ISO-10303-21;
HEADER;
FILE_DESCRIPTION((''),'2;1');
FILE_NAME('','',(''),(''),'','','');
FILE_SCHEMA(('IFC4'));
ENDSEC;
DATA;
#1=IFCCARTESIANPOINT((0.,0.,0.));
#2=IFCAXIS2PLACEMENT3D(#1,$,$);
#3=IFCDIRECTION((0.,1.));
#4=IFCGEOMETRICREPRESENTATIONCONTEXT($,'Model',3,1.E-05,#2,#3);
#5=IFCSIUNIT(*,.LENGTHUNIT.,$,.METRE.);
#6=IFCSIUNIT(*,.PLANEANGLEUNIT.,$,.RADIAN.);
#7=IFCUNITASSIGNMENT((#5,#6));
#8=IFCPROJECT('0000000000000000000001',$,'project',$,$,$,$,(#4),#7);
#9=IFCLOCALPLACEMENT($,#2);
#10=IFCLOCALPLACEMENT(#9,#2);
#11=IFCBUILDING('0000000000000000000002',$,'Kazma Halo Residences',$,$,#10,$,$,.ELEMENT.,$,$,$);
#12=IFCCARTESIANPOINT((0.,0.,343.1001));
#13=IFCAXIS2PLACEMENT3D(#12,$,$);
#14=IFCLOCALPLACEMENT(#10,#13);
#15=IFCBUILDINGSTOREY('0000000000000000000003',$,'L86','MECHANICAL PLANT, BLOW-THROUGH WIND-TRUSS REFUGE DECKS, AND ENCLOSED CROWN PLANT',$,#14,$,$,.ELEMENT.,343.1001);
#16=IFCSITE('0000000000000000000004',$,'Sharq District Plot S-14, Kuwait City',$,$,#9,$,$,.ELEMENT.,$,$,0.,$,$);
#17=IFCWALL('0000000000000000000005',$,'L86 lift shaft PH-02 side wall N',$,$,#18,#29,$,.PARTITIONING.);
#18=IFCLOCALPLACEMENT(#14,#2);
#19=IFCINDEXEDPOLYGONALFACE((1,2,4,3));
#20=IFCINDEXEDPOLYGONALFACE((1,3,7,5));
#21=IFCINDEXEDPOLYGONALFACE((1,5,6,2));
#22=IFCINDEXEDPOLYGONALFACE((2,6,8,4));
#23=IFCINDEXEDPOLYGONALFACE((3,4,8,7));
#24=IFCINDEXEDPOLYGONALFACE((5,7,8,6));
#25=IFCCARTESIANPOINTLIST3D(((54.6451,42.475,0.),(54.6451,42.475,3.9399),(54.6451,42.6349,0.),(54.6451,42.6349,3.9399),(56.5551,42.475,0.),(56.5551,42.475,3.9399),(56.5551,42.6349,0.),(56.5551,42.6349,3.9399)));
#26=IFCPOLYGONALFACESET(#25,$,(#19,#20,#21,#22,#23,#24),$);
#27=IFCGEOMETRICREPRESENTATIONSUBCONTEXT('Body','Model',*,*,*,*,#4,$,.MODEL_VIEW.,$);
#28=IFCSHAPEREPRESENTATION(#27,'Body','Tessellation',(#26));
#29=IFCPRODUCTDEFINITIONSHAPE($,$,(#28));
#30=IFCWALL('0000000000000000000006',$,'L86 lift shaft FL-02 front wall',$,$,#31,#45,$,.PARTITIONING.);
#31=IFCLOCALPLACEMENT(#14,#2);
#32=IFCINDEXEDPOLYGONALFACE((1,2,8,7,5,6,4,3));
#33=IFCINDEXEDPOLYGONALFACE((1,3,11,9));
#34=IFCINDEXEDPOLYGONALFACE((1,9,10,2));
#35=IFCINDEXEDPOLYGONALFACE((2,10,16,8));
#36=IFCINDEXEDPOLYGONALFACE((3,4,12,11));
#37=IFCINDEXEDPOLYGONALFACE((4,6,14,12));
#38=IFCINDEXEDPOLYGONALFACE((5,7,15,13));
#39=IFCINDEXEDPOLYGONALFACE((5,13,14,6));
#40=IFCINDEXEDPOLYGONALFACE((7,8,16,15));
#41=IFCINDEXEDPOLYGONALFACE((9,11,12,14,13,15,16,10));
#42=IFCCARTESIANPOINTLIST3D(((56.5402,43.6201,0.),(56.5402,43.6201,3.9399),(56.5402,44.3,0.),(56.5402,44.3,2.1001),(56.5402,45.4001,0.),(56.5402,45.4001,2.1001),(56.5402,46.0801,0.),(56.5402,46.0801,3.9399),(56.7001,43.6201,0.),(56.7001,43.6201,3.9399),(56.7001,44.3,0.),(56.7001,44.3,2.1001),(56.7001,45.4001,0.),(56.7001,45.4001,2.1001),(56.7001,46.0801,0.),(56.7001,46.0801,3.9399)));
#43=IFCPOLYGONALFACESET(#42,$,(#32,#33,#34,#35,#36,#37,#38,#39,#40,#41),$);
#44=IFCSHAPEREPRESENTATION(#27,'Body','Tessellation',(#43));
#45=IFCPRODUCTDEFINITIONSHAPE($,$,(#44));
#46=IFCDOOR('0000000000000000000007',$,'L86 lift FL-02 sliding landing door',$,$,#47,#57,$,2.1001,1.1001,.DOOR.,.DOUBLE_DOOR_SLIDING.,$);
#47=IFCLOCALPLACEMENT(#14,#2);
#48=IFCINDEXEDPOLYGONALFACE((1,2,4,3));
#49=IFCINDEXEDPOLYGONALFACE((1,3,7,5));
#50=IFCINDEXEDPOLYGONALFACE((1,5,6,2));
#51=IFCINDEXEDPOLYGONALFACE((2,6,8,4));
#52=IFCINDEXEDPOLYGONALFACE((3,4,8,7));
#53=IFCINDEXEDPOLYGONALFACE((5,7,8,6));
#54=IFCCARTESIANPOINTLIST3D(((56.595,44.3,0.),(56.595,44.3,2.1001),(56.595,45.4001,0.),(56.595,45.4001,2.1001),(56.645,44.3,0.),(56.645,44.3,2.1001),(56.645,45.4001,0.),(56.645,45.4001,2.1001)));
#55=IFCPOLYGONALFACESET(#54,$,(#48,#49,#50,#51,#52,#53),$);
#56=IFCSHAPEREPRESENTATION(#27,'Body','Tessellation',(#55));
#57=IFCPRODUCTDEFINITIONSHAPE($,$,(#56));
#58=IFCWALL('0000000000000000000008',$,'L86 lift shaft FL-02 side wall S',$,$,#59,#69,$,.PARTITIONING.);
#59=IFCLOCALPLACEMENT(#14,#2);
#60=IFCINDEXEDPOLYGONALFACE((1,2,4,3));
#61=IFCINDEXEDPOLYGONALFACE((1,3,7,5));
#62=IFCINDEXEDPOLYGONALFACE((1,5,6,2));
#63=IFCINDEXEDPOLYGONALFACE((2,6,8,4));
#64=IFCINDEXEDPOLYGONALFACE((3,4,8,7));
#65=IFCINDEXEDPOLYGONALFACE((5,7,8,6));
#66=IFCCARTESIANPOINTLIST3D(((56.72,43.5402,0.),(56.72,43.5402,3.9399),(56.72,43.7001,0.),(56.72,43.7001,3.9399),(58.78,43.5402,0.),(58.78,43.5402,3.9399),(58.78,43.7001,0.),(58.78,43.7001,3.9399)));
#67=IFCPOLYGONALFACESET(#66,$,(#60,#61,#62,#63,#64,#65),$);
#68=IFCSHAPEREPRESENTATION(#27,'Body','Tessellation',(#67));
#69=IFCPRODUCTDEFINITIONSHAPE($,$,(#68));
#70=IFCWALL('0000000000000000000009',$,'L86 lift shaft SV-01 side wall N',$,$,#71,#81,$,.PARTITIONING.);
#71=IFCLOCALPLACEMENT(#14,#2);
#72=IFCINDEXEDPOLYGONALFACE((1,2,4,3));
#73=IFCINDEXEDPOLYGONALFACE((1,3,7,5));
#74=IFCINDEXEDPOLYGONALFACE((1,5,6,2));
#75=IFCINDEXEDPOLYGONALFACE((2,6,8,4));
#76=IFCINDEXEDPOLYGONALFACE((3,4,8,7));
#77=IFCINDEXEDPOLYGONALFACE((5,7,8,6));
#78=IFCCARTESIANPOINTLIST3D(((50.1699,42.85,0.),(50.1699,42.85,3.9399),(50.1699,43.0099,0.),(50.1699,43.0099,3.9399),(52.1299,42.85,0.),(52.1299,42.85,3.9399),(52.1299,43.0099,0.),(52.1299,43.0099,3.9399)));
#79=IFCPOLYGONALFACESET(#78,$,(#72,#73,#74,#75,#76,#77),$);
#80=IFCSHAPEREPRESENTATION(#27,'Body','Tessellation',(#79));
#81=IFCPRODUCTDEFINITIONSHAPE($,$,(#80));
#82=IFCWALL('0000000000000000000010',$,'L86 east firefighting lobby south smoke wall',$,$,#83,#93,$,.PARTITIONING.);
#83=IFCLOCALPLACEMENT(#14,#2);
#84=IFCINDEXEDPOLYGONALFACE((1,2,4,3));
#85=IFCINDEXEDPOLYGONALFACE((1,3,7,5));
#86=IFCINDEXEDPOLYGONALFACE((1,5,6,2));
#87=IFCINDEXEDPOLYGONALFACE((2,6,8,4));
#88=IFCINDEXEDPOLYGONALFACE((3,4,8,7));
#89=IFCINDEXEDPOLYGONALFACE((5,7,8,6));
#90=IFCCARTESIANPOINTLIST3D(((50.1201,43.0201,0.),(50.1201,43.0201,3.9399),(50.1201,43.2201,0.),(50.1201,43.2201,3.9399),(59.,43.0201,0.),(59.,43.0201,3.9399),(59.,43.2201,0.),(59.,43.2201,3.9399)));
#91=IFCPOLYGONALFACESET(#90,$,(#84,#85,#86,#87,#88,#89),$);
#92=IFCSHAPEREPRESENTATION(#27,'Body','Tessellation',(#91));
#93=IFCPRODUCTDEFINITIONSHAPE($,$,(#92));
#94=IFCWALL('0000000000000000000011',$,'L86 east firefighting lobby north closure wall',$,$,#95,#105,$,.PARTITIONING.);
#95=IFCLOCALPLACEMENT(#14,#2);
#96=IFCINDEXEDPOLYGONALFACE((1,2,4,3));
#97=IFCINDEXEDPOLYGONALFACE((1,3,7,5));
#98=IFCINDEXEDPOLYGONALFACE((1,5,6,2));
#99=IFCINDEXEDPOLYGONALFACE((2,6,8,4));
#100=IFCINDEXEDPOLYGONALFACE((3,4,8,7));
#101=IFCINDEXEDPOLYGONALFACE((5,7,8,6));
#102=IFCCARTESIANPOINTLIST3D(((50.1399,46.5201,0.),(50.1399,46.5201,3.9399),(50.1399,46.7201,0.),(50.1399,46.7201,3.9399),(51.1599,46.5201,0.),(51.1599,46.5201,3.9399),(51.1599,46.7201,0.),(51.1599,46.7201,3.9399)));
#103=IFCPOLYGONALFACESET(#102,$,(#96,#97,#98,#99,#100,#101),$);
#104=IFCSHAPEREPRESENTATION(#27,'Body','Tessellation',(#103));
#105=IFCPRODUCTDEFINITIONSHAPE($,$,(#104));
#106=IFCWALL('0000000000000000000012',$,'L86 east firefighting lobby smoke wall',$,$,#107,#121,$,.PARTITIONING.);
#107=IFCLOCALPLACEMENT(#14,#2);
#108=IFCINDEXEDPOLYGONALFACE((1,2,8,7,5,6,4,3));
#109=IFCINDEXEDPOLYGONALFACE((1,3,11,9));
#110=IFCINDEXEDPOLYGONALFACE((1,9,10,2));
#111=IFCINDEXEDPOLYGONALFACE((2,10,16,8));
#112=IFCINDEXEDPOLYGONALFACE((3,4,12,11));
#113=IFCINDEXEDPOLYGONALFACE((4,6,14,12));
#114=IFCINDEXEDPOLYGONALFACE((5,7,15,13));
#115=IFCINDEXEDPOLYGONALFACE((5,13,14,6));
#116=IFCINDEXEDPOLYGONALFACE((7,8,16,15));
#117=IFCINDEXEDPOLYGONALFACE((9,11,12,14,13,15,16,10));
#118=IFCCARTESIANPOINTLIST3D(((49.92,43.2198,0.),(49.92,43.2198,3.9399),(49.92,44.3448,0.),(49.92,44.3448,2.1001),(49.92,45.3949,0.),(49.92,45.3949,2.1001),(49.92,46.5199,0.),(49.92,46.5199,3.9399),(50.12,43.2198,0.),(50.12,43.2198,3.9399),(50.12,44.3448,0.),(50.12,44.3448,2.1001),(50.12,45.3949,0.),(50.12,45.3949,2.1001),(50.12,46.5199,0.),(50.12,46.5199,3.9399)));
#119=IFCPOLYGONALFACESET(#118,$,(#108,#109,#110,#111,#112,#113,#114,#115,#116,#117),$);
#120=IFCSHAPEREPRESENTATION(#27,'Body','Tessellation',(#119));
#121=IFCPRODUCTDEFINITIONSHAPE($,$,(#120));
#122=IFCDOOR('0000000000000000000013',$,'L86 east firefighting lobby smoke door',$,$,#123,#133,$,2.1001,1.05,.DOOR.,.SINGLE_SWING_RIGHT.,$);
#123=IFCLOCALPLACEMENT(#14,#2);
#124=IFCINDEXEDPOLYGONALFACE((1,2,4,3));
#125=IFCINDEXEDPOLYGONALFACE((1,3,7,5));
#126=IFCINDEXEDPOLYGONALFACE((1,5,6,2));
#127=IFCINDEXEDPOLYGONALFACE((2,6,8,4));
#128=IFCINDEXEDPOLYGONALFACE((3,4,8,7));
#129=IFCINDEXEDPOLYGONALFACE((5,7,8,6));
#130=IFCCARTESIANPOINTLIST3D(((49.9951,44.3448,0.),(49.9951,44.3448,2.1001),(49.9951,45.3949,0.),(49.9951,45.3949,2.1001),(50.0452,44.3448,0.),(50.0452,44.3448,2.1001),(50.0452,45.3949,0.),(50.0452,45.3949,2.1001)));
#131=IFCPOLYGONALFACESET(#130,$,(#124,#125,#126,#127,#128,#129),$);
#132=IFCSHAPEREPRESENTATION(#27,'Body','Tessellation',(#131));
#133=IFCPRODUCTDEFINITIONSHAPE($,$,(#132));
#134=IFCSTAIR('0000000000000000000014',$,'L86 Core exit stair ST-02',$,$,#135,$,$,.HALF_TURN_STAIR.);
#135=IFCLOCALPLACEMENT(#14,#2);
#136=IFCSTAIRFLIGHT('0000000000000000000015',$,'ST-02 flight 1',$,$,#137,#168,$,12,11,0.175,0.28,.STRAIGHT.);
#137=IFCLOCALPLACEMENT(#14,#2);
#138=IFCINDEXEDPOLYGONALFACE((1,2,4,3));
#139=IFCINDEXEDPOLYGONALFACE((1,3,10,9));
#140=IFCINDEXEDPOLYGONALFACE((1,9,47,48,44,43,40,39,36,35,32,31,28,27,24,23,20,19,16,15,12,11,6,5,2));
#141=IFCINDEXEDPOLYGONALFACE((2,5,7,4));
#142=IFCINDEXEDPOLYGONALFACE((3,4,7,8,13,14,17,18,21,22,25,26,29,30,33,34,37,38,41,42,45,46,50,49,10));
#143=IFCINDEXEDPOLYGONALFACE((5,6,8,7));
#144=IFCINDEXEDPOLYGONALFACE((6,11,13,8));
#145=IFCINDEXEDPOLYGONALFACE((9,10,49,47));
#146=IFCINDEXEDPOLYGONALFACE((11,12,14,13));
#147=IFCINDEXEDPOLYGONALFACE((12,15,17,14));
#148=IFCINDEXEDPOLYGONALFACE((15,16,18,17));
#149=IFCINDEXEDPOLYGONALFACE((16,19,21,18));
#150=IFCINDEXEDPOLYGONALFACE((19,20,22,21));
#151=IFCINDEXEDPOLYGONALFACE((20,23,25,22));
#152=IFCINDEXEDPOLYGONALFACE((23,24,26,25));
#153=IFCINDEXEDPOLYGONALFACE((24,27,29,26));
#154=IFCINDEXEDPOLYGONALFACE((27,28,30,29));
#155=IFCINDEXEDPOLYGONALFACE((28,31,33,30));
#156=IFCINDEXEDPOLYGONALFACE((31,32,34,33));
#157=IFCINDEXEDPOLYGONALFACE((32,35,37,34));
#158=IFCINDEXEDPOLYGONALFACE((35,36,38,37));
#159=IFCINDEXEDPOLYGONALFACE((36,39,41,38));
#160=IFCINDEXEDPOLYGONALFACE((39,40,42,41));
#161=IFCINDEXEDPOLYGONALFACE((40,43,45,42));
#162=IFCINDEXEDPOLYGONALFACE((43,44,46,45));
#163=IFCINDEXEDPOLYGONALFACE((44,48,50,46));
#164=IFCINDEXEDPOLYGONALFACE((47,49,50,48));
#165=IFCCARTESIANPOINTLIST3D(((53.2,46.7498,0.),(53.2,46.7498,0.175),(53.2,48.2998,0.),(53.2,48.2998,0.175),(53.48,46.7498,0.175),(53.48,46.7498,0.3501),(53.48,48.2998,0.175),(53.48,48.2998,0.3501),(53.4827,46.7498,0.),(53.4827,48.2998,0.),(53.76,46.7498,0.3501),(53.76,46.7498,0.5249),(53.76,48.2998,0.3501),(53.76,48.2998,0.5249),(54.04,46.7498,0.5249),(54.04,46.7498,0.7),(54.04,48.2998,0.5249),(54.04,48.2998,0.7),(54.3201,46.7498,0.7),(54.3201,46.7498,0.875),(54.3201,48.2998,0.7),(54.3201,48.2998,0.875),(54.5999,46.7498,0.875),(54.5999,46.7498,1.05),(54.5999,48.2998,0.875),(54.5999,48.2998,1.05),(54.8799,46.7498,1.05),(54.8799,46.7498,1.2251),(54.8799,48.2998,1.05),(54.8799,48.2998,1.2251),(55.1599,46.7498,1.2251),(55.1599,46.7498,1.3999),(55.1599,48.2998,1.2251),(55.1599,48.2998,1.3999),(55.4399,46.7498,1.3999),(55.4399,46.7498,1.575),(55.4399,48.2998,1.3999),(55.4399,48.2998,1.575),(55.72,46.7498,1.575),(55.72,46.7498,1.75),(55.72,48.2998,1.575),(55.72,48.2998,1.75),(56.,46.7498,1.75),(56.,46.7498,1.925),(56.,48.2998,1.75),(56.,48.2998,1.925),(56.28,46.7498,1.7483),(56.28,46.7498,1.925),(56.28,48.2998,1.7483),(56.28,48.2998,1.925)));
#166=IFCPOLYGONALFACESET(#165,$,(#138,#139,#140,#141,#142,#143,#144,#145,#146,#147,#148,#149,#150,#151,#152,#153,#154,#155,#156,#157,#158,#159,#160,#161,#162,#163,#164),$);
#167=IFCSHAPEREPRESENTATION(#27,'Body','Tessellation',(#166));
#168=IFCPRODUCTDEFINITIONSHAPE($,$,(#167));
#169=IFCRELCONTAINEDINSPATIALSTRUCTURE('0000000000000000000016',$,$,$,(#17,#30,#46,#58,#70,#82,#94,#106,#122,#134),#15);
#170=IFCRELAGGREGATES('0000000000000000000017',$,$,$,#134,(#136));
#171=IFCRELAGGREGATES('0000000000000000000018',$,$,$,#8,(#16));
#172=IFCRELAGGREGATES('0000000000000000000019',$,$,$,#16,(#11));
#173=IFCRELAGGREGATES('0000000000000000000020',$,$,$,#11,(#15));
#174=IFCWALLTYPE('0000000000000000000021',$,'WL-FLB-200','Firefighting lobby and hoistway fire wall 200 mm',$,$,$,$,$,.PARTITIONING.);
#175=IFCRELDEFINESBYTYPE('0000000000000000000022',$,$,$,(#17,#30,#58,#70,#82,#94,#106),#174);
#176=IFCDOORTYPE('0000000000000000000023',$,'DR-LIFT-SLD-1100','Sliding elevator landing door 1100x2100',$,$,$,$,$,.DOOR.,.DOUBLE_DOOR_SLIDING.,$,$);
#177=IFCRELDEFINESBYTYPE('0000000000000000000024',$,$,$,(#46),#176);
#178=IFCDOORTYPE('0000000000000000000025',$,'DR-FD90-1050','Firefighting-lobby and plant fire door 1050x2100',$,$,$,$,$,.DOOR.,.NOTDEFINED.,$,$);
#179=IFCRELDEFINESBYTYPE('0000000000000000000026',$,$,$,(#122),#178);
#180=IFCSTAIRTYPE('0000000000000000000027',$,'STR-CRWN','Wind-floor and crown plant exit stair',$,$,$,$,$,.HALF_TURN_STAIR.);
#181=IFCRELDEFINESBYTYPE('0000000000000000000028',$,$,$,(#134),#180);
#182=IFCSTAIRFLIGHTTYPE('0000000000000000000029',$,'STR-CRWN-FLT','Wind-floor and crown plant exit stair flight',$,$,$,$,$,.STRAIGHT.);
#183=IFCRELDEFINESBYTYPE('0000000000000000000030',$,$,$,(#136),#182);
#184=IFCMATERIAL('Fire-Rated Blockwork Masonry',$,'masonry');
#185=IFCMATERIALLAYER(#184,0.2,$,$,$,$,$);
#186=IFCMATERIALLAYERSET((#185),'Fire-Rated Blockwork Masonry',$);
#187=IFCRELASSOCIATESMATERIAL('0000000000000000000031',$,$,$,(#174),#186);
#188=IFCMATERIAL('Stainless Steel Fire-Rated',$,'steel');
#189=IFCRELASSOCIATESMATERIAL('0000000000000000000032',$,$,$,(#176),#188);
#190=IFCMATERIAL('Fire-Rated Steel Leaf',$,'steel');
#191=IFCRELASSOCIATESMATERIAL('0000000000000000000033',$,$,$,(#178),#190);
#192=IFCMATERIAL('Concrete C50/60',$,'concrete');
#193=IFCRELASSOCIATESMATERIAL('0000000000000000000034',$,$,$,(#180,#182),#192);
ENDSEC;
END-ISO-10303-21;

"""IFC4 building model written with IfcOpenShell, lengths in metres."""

from ifc_helpers import new_model, si_unit, direction, frame, frame_2d, origin, place, context, subcontext, project, spatial, polyline, rectangle, outline, extrude, material, layer, layer_set, type_object, element, fill, aggregate, save


model = new_model("IFC4")

# Units and contexts
model_context = context("Model", 3, precision=1e-05, world=origin(), true_north=direction((0.0, 1.0)))
body_context = subcontext(model_context, "Body", "Model", "MODEL_VIEW")
ifc_project = project(units=[si_unit("LENGTHUNIT", "METRE"), si_unit("PLANEANGLEUNIT", "RADIAN")], contexts=[model_context])

# Site, building, storey
site_placement = place(None, origin())
site = spatial("IfcSite", under=ifc_project, at=site_placement, Name="Sharq District Plot S-14, Kuwait City", CompositionType="ELEMENT", RefElevation=0.0)
building_placement = place(site_placement, origin())
building = spatial("IfcBuilding", under=site, at=building_placement, Name="Kazma Halo Residences", CompositionType="ELEMENT")
storey_placement = place(building_placement, frame((0.0, 0.0, 343.1001)))
storey = spatial("IfcBuildingStorey", under=building, at=storey_placement, Name="L86", Description="MECHANICAL PLANT, BLOW-THROUGH WIND-TRUSS REFUGE DECKS, AND ENCLOSED CROWN PLANT", CompositionType="ELEMENT", Elevation=343.1001)

# Wall
ifc_material_1 = material(Name="Fire-Rated Blockwork Masonry", Category="masonry")
ifc_layer_1 = layer(ifc_material_1, 0.2)
ifc_layer_set_1 = layer_set([ifc_layer_1], Name="Fire-Rated Blockwork Masonry")
wall_type_1 = type_object("IfcWallType", Name="WL-FLB-200", Description="Firefighting lobby and hoistway fire wall 200 mm", PredefinedType="PARTITIONING", material=ifc_layer_set_1)
for number, where, z_axis, x_axis, name in (
    (1, (54.645, 42.5549, 0.0), (0.0, 0.0, 1.0), (1.0, 0.0, 0.0), "L86 lift shaft PH-02 side wall N"),
):
    element("IfcWall", number, at=place(storey_placement, frame(where, z_axis=z_axis, x_axis=x_axis)), inside=storey, type_object=wall_type_1, Name=name, PredefinedType="PARTITIONING", context=body_context, shape_type="SweptSolid", body=[
        extrude(rectangle(XDim=1.9099, YDim=0.1599, at=frame_2d((0.9551, 0.0))), origin(), (0.0, 0.0, 1.0), 3.9399),
    ])

# Wall, opening, door
wall_1_placement = place(storey_placement, frame((56.6201, 46.0801, 0.0), z_axis=(0.0, 0.0, 1.0), x_axis=(0.0, -1.0, 0.0)))
wall_1 = element("IfcWall", 2, at=wall_1_placement, inside=storey, type_object=wall_type_1, Name="L86 lift shaft FL-02 front wall", PredefinedType="PARTITIONING", context=body_context, shape_type="SweptSolid", body=[
    extrude(rectangle(XDim=2.46, YDim=0.1599, at=frame_2d((1.23, 0.0))), origin(), (0.0, 0.0, 1.0), 3.9399),
])
opening_1_placement = place(wall_1_placement, frame((0.6799, 0.0, 0.0)))
opening_1 = element("IfcOpeningElement", 3, at=opening_1_placement, cuts=wall_1, PredefinedType="OPENING", context=body_context, shape_type="SweptSolid", body=[
    extrude(rectangle(XDim=1.1001, YDim=2.1001, at=frame_2d((0.55, 1.05))), frame((0.0, 0.0898, 0.0), z_axis=(0.0, -1.0, 0.0), x_axis=(1.0, 0.0, 0.0)), (0.0, 0.0, 1.0), 0.1799),
])
ifc_material_2 = material(Name="Stainless Steel Fire-Rated", Category="steel")
door_type_1 = type_object("IfcDoorType", Name="DR-LIFT-SLD-1100", Description="Sliding elevator landing door 1100x2100", OperationType="DOUBLE_DOOR_SLIDING", PredefinedType="DOOR", material=ifc_material_2)
door_1_placement = place(opening_1_placement, origin())
door_1 = element("IfcDoor", 4, at=door_1_placement, inside=storey, type_object=door_type_1, Name="L86 lift FL-02 sliding landing door", OperationType="DOUBLE_DOOR_SLIDING", OverallHeight=2.1001, OverallWidth=1.1001, PredefinedType="DOOR", context=body_context, shape_type="SweptSolid", body=[
    extrude(rectangle(XDim=1.1001, YDim=2.1001, at=frame_2d((0.55, 1.05))), frame((0.0, 0.0249, 0.0), z_axis=(0.0, -1.0, 0.0), x_axis=(1.0, 0.0, 0.0)), (0.0, 0.0, 1.0), 0.05),
])
fill(opening_1, door_1)

# Walls
wall_2_placement = place(storey_placement, frame((56.72, 43.6201, 0.0), z_axis=(0.0, 0.0, 1.0), x_axis=(1.0, 0.0, 0.0)))
element("IfcWall", 5, at=wall_2_placement, inside=storey, type_object=wall_type_1, Name="L86 lift shaft FL-02 side wall S", PredefinedType="PARTITIONING", context=body_context, shape_type="SweptSolid", body=[
    extrude(rectangle(XDim=2.0601, YDim=0.1599, at=frame_2d((1.03, 0.0))), origin(), (0.0, 0.0, 1.0), 3.9399),
])
wall_3_placement = place(storey_placement, frame((50.1699, 42.9299, 0.0), z_axis=(0.0, 0.0, 1.0), x_axis=(1.0, 0.0, 0.0)))
element("IfcWall", 6, at=wall_3_placement, inside=storey, type_object=wall_type_1, Name="L86 lift shaft SV-01 side wall N", PredefinedType="PARTITIONING", context=body_context, shape_type="SweptSolid", body=[
    extrude(rectangle(XDim=1.96, YDim=0.1599, at=frame_2d((0.98, 0.0))), origin(), (0.0, 0.0, 1.0), 3.9399),
])
wall_4_placement = place(storey_placement, frame((50.1201, 43.1201, 0.0), z_axis=(0.0, 0.0, 1.0), x_axis=(1.0, 0.0, 0.0)))
element("IfcWall", 7, at=wall_4_placement, inside=storey, type_object=wall_type_1, Name="L86 east firefighting lobby south smoke wall", PredefinedType="PARTITIONING", context=body_context, shape_type="SweptSolid", body=[
    extrude(rectangle(XDim=8.8799, YDim=0.2, at=frame_2d((4.4399, 0.0))), origin(), (0.0, 0.0, 1.0), 3.9399),
])
wall_5_placement = place(storey_placement, frame((50.1399, 46.6201, 0.0), z_axis=(0.0, 0.0, 1.0), x_axis=(1.0, 0.0, 0.0)))
element("IfcWall", 8, at=wall_5_placement, inside=storey, type_object=wall_type_1, Name="L86 east firefighting lobby north closure wall", PredefinedType="PARTITIONING", context=body_context, shape_type="SweptSolid", body=[
    extrude(rectangle(XDim=1.02, YDim=0.2, at=frame_2d((0.51, 0.0))), origin(), (0.0, 0.0, 1.0), 3.9399),
])

# Wall, opening, door
wall_6_placement = place(storey_placement, frame((50.02, 43.22, 0.0), z_axis=(0.0, 0.0, 1.0), x_axis=(0.0, 1.0, 0.0)))
wall_6 = element("IfcWall", 9, at=wall_6_placement, inside=storey, type_object=wall_type_1, Name="L86 east firefighting lobby smoke wall", PredefinedType="PARTITIONING", context=body_context, shape_type="SweptSolid", body=[
    extrude(rectangle(XDim=3.3, YDim=0.2, at=frame_2d((1.6499, 0.0))), origin(), (0.0, 0.0, 1.0), 3.9399),
])
opening_2_placement = place(wall_6_placement, frame((1.125, 0.0, 0.0)))
opening_2 = element("IfcOpeningElement", 10, at=opening_2_placement, cuts=wall_6, PredefinedType="OPENING", context=body_context, shape_type="SweptSolid", body=[
    extrude(rectangle(XDim=1.05, YDim=2.1001, at=frame_2d((0.5249, 1.05))), frame((0.0, 0.1099, 0.0), z_axis=(0.0, -1.0, 0.0), x_axis=(1.0, 0.0, 0.0)), (0.0, 0.0, 1.0), 0.22),
])
ifc_material_3 = material(Name="Fire-Rated Steel Leaf", Category="steel")
door_type_2 = type_object("IfcDoorType", Name="DR-FD90-1050", Description="Firefighting-lobby and plant fire door 1050x2100", OperationType="NOTDEFINED", PredefinedType="DOOR", material=ifc_material_3)
door_2_placement = place(opening_2_placement, origin())
door_2 = element("IfcDoor", 11, at=door_2_placement, inside=storey, type_object=door_type_2, Name="L86 east firefighting lobby smoke door", OperationType="SINGLE_SWING_RIGHT", OverallHeight=2.1001, OverallWidth=1.05, PredefinedType="DOOR", context=body_context, shape_type="SweptSolid", body=[
    extrude(rectangle(XDim=1.05, YDim=2.1001, at=frame_2d((0.5249, 1.05))), frame((0.0, 0.0249, 0.0), z_axis=(0.0, -1.0, 0.0), x_axis=(1.0, 0.0, 0.0)), (0.0, 0.0, 1.0), 0.05),
])
fill(opening_2, door_2)
ifc_material_4 = material(Name="Concrete C50/60", Category="concrete")

# Stair, stair flight
stair_type = type_object("IfcStairType", Name="STR-CRWN", Description="Wind-floor and crown plant exit stair", PredefinedType="HALF_TURN_STAIR", material=ifc_material_4)
stair_placement = place(storey_placement, origin())
stair = element("IfcStair", 12, at=stair_placement, inside=storey, type_object=stair_type, Name="L86 Core exit stair ST-02", PredefinedType="HALF_TURN_STAIR")
stair_flight_type = type_object("IfcStairFlightType", Name="STR-CRWN-FLT", Description="Wind-floor and crown plant exit stair flight", PredefinedType="STRAIGHT", material=ifc_material_4)
stair_flight_1_placement = place(storey_placement, frame((53.2, 47.5249, 0.0), z_axis=(0.0, 0.0, 1.0), x_axis=(1.0, 0.0, 0.0)))
stair_flight_1 = element("IfcStairFlight", 13, at=stair_flight_1_placement, type_object=stair_flight_type, Name="ST-02 flight 1", NumberOfRisers=12, NumberOfTreads=11, PredefinedType="STRAIGHT", RiserHeight=0.175, TreadLength=0.28, context=body_context, shape_type="SweptSolid", body=[
    extrude(outline(polyline([(0.0, 0.0), (0.0, 0.175), (0.28, 0.175), (0.28, 0.3501), (0.5601, 0.3501), (0.5601, 0.5249), (0.8401, 0.5249), (0.8401, 0.7), (1.1201, 0.7), (1.1201, 0.875), (1.3999, 0.875), (1.3999, 1.05), (1.6799, 1.05), (1.6799, 1.2251), (1.96, 1.2251), (1.96, 1.3999), (2.24, 1.3999), (2.24, 1.575), (2.52, 1.575), (2.52, 1.75), (2.8, 1.75), (2.8, 1.925), (3.0801, 1.925), (3.0801, 2.1001), (3.0801, 1.7483), (0.2827, 0.0), (0.0, 0.0)])), frame((0.0, 0.7749, 0.0), z_axis=(0.0, -1.0, 0.0), x_axis=(1.0, 0.0, 0.0)), (0.0, 0.0, 1.0), 1.55),
])
aggregate(stair, [stair_flight_1])

save(model, "model.ifc")
